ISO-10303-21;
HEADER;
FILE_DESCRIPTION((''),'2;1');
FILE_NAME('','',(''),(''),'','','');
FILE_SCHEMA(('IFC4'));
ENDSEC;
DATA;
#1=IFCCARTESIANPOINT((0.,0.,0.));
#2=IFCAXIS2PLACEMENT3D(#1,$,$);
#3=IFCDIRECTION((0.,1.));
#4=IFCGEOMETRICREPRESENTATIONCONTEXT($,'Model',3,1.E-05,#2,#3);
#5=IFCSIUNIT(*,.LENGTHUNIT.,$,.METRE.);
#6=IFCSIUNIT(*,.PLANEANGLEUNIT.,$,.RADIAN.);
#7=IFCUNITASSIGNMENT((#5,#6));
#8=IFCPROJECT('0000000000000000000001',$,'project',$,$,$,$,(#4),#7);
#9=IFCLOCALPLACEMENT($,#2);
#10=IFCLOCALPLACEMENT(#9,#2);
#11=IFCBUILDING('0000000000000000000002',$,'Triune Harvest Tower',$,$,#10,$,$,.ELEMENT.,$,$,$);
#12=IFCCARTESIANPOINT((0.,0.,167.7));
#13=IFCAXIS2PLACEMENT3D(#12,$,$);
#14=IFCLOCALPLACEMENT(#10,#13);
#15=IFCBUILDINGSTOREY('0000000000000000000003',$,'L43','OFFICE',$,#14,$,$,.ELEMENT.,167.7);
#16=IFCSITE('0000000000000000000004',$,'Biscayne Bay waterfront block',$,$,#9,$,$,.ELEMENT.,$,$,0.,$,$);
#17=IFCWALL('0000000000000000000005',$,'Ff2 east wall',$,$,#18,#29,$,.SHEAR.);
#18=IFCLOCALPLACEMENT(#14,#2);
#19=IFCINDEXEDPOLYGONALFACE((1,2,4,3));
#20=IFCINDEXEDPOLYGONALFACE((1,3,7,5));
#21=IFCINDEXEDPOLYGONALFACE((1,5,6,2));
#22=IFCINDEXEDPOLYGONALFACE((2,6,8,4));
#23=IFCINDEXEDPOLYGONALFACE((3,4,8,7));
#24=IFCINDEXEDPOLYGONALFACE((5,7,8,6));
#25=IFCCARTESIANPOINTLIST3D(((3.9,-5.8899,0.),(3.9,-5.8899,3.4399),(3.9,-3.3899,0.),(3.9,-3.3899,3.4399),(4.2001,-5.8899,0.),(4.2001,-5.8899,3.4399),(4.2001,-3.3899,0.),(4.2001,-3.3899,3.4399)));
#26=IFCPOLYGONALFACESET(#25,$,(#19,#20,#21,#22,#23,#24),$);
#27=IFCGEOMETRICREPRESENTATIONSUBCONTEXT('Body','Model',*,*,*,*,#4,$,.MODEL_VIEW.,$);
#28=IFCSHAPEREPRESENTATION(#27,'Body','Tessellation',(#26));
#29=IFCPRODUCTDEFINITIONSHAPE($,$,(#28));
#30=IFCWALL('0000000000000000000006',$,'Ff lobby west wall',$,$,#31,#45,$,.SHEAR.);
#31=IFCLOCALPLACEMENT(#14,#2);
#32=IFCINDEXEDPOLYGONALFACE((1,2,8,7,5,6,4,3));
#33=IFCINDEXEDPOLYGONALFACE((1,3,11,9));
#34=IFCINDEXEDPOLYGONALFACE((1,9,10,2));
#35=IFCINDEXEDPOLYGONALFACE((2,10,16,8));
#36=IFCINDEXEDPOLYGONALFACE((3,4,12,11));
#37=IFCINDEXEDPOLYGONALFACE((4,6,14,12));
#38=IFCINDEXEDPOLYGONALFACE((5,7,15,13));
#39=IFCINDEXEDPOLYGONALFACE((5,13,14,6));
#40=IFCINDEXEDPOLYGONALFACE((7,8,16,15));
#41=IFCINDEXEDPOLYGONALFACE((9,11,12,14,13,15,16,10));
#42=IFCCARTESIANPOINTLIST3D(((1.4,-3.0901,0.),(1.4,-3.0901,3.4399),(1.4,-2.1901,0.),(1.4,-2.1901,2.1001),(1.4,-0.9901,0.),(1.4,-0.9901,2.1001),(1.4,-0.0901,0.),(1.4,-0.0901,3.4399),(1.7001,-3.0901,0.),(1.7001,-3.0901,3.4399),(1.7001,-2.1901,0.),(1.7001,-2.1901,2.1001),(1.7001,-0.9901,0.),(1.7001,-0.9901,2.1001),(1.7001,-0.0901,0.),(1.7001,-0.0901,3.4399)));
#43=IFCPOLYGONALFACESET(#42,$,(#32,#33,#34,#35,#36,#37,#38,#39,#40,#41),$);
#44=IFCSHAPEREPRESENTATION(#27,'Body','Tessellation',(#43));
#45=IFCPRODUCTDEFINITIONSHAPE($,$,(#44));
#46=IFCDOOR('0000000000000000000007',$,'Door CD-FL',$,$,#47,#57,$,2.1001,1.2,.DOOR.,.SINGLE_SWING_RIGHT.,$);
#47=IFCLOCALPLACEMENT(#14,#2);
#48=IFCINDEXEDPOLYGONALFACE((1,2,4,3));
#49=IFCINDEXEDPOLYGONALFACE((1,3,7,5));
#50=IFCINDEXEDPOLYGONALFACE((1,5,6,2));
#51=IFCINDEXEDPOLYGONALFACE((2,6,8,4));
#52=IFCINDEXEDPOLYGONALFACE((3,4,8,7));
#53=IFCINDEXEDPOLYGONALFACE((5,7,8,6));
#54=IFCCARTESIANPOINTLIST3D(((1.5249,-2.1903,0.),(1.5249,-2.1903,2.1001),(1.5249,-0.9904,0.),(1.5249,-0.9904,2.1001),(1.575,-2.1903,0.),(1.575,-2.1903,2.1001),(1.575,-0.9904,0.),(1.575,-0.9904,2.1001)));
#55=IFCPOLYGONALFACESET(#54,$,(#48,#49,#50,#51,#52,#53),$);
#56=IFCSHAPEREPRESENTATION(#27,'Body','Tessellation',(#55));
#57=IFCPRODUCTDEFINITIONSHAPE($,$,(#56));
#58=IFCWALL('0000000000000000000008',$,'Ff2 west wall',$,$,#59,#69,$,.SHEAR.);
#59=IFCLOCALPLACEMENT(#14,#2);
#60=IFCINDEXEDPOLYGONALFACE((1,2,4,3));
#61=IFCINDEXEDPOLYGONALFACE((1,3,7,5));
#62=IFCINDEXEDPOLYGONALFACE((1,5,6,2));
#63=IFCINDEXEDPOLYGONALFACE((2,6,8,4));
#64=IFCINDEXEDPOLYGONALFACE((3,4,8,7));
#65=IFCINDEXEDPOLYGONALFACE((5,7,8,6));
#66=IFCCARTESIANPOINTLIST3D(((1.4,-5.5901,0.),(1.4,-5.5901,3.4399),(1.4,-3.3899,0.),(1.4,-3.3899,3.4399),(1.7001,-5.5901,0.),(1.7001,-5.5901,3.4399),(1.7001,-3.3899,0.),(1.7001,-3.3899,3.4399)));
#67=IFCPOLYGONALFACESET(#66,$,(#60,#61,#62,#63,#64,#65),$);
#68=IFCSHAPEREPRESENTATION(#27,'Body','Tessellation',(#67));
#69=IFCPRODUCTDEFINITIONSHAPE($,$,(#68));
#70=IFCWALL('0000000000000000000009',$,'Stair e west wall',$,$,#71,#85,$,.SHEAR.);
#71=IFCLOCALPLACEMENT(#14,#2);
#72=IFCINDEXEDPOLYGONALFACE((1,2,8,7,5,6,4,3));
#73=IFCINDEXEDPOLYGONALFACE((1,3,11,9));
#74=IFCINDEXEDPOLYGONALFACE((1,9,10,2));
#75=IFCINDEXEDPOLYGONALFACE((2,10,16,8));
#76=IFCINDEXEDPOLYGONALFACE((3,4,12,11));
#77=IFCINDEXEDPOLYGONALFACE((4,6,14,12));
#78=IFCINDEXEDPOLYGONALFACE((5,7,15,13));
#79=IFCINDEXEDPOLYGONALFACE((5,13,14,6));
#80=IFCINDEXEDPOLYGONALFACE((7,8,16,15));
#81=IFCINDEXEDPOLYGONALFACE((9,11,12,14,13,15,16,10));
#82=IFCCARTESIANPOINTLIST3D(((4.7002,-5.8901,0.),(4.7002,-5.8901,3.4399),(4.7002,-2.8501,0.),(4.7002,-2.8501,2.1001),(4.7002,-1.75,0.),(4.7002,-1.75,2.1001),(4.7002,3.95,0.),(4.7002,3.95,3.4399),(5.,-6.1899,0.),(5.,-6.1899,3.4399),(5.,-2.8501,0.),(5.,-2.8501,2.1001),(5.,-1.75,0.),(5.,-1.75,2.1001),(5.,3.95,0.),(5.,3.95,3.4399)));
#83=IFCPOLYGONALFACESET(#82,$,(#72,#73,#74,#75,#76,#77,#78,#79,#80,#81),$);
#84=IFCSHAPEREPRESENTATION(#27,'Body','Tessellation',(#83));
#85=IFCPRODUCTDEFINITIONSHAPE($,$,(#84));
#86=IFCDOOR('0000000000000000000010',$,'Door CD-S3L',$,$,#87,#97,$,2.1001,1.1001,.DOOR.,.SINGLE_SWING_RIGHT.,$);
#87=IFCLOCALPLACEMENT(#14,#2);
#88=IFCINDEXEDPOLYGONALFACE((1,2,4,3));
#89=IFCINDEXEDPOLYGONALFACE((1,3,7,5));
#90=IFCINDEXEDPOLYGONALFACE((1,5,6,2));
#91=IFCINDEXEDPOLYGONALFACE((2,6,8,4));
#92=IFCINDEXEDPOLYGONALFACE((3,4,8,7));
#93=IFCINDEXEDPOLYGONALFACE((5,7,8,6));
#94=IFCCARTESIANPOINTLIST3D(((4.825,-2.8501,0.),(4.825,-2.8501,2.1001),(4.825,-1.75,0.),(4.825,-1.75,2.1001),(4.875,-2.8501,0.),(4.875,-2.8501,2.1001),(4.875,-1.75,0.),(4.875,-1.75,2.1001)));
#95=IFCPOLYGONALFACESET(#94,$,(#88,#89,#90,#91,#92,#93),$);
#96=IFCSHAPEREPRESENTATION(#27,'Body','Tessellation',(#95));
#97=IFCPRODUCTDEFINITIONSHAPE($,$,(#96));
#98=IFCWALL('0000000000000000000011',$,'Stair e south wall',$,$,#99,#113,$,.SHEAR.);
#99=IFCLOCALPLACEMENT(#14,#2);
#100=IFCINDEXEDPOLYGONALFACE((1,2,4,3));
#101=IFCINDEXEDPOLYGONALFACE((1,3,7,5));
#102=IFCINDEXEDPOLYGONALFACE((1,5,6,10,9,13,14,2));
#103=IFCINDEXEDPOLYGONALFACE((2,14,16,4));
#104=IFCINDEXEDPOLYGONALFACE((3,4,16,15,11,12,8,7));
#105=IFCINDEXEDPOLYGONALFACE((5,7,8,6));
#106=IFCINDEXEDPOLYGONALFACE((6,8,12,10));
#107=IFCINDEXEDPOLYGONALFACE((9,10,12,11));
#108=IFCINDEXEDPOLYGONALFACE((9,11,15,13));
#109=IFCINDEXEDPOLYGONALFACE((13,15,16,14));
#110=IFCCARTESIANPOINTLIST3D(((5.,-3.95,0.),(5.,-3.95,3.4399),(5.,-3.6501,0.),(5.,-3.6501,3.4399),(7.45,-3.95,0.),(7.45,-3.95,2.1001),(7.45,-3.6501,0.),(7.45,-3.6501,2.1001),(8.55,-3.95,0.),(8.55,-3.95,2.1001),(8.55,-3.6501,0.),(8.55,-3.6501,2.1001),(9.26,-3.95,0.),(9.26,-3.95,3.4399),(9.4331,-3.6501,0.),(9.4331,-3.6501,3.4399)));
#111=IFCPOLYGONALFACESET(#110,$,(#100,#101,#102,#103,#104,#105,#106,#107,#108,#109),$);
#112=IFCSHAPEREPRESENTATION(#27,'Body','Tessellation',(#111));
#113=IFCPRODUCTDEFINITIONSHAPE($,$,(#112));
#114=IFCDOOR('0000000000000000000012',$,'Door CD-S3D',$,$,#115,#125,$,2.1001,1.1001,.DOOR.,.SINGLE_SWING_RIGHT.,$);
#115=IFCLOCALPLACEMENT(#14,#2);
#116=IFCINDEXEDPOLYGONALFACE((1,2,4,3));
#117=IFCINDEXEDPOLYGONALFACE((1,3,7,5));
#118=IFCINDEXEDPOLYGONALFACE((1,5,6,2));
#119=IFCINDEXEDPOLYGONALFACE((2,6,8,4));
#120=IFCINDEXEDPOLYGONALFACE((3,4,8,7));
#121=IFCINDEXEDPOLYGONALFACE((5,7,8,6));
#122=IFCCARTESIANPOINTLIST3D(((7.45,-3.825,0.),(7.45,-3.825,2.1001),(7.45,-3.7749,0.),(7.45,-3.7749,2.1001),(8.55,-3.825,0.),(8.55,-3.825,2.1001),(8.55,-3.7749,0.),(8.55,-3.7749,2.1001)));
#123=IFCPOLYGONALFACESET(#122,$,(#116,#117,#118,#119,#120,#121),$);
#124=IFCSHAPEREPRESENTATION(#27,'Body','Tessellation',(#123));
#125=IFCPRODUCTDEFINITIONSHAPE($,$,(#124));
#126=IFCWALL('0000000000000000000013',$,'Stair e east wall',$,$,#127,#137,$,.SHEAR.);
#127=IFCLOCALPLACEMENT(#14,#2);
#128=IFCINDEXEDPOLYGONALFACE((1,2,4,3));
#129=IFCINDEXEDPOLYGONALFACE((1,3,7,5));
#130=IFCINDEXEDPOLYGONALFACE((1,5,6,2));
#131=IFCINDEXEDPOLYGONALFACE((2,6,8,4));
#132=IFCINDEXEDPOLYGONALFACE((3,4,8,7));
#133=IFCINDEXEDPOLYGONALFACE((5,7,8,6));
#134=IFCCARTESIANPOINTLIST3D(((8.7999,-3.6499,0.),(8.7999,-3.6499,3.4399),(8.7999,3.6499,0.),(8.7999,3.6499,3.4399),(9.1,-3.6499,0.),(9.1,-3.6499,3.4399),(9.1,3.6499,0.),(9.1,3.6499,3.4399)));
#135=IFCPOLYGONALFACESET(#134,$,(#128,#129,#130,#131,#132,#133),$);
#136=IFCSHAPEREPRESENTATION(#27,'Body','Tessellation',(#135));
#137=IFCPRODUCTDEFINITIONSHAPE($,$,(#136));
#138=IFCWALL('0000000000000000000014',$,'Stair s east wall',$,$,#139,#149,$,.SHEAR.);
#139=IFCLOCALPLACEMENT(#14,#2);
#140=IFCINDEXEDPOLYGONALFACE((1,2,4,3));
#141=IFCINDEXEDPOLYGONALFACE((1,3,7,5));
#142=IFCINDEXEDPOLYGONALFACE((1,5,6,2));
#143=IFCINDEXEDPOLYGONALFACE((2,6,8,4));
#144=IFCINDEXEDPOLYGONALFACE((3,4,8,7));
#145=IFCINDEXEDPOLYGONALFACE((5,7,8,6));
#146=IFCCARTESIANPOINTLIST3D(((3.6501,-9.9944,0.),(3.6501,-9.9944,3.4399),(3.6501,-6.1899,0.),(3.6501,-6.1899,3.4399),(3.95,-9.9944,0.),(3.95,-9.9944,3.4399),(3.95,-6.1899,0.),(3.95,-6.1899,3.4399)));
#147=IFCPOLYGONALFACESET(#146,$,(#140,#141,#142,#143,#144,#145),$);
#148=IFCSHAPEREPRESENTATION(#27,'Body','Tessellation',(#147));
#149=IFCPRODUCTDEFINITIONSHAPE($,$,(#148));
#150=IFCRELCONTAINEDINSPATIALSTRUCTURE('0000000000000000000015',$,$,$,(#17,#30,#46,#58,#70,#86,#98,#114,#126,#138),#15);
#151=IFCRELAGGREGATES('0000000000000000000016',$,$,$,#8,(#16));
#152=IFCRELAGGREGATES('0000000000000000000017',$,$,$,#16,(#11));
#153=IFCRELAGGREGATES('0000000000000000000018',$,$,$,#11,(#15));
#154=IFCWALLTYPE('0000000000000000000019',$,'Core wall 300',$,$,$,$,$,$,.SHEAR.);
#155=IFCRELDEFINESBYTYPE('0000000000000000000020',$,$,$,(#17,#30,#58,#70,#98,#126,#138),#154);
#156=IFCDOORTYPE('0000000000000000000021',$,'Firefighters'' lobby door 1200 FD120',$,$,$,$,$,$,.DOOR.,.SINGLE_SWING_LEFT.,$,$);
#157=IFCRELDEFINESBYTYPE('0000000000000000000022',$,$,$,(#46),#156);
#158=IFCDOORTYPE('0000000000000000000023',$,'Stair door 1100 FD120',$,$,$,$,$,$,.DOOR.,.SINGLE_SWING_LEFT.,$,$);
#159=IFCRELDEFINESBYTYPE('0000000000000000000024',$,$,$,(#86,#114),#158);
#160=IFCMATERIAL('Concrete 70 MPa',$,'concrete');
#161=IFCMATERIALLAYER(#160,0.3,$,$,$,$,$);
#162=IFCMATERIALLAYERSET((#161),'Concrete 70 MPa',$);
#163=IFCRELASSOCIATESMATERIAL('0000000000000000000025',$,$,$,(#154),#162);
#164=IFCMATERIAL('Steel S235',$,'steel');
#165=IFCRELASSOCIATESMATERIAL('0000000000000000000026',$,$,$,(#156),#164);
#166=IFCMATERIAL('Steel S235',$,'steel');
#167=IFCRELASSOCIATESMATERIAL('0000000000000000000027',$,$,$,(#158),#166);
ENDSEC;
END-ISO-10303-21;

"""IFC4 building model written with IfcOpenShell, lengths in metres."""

from ifc_helpers import new_model, si_unit, direction, frame, frame_2d, origin, place, context, subcontext, project, spatial, polyline, rectangle, outline, extrude, source, transform, mapped, material, layer, layer_set, type_object, element, fill, save


model = new_model("IFC4")

# Units and contexts
model_context = context("Model", 3, precision=1e-05, world=origin(), true_north=direction((0.0, 1.0)))
body_context = subcontext(model_context, "Body", "Model", "MODEL_VIEW")
ifc_project = project(units=[si_unit("LENGTHUNIT", "METRE"), si_unit("PLANEANGLEUNIT", "RADIAN")], contexts=[model_context])

# Site, building, storey
site_placement = place(None, origin())
site = spatial("IfcSite", under=ifc_project, at=site_placement, Name="Biscayne Bay waterfront block", CompositionType="ELEMENT", RefElevation=0.0)
building_placement = place(site_placement, origin())
building = spatial("IfcBuilding", under=site, at=building_placement, Name="Triune Harvest Tower", CompositionType="ELEMENT")
storey_placement = place(building_placement, frame((0.0, 0.0, 167.7)))
storey = spatial("IfcBuildingStorey", under=building, at=storey_placement, Name="L43", Description="OFFICE", CompositionType="ELEMENT", Elevation=167.7)

# Wall
ifc_material_1 = material(Name="Concrete 70 MPa", Category="concrete")
ifc_layer_1 = layer(ifc_material_1, 0.3)
ifc_layer_set_1 = layer_set([ifc_layer_1], Name="Concrete 70 MPa")
wall_type_1 = type_object("IfcWallType", Name="Core wall 300", PredefinedType="SHEAR", material=ifc_layer_set_1)
shared_shape_1 = source(origin(), body_context, "Body", "SweptSolid", [
    extrude(rectangle(XDim=2.5, YDim=0.3, at=frame_2d((1.25, 0.0))), origin(), (0.0, 0.0, 1.0), 3.4399),
])
wall_1_placement = place(storey_placement, frame((4.05, -5.8899, 0.0), z_axis=(0.0, 0.0, 1.0), x_axis=(0.0, 1.0, 0.0)))
element("IfcWall", 1, at=wall_1_placement, inside=storey, type_object=wall_type_1, Name="Ff2 east wall", PredefinedType="SHEAR", context=body_context, shape_type="MappedRepresentation", body=[
    mapped(shared_shape_1, transform((0.0, 0.0, 0.0), scale=1.0)),
])

# Wall, opening, door
shared_shape_2 = source(origin(), body_context, "Body", "SweptSolid", [
    extrude(rectangle(XDim=3.0, YDim=0.3, at=frame_2d((1.5, 0.0))), origin(), (0.0, 0.0, 1.0), 3.4399),
])
wall_2_placement = place(storey_placement, frame((1.55, -3.0901, 0.0), z_axis=(0.0, 0.0, 1.0), x_axis=(0.0, 1.0, 0.0)))
wall_2 = element("IfcWall", 2, at=wall_2_placement, inside=storey, type_object=wall_type_1, Name="Ff lobby west wall", PredefinedType="SHEAR", context=body_context, shape_type="MappedRepresentation", body=[
    mapped(shared_shape_2, transform((0.0, 0.0, 0.0), scale=1.0)),
])
opening_1_placement = place(wall_2_placement, frame((0.8999, 0.0, 0.0)))
opening_1 = element("IfcOpeningElement", 3, at=opening_1_placement, cuts=wall_2, PredefinedType="OPENING", context=body_context, shape_type="SweptSolid", body=[
    extrude(rectangle(XDim=1.2, YDim=2.1001, at=frame_2d((0.6001, 1.05))), frame((0.0, 0.1602, 0.0), z_axis=(0.0, -1.0, 0.0), x_axis=(1.0, 0.0, 0.0)), (0.0, 0.0, 1.0), 0.3201),
])
ifc_material_2 = material(Name="Steel S235", Category="steel")
door_type_1 = type_object("IfcDoorType", Name="Firefighters' lobby door 1200 FD120", OperationType="SINGLE_SWING_LEFT", PredefinedType="DOOR", material=ifc_material_2)
door_1_placement = place(opening_1_placement, frame((1.2, 0.0, 0.0), z_axis=(0.0, 0.0, 1.0), x_axis=(-1.0, 0.0, 0.0)))
door_1 = element("IfcDoor", 4, at=door_1_placement, inside=storey, type_object=door_type_1, Name="Door CD-FL", OperationType="SINGLE_SWING_RIGHT", OverallHeight=2.1001, OverallWidth=1.2, PredefinedType="DOOR", context=body_context, shape_type="SweptSolid", body=[
    extrude(rectangle(XDim=1.2, YDim=2.1001, at=frame_2d((0.6001, 1.05))), frame((0.0, 0.0249, 0.0), z_axis=(0.0, -1.0, 0.0), x_axis=(1.0, 0.0, 0.0)), (0.0, 0.0, 1.0), 0.05),
])
fill(opening_1, door_1)

# Wall
shared_shape_3 = source(origin(), body_context, "Body", "SweptSolid", [
    extrude(rectangle(XDim=2.2002, YDim=0.3, at=frame_2d((1.1001, 0.0))), origin(), (0.0, 0.0, 1.0), 3.4399),
])
wall_3_placement = place(storey_placement, frame((1.55, -5.5901, 0.0), z_axis=(0.0, 0.0, 1.0), x_axis=(0.0, 1.0, 0.0)))
element("IfcWall", 5, at=wall_3_placement, inside=storey, type_object=wall_type_1, Name="Ff2 west wall", PredefinedType="SHEAR", context=body_context, shape_type="MappedRepresentation", body=[
    mapped(shared_shape_3, transform((0.0, 0.0, 0.0), scale=1.0)),
])

# Walls, openings, doors
shared_shape_4 = source(origin(), body_context, "Body", "SweptSolid", [
    extrude(outline(polyline([(-0.1499, -0.1499), (9.99, -0.1499), (9.99, 0.1499), (0.1499, 0.1499), (-0.1499, -0.1499)])), origin(), (0.0, 0.0, 1.0), 3.4399),
])
wall_4_placement = place(storey_placement, frame((4.8501, -6.04, 0.0), z_axis=(0.0, 0.0, 1.0), x_axis=(0.0, 1.0, 0.0)))
wall_4 = element("IfcWall", 6, at=wall_4_placement, inside=storey, type_object=wall_type_1, Name="Stair e west wall", PredefinedType="SHEAR", context=body_context, shape_type="MappedRepresentation", body=[
    mapped(shared_shape_4, transform((0.0, 0.0, 0.0), scale=1.0)),
])
opening_2_placement = place(wall_4_placement, frame((3.1899, 0.0, 0.0)))
opening_2 = element("IfcOpeningElement", 7, at=opening_2_placement, cuts=wall_4, PredefinedType="OPENING", context=body_context, shape_type="SweptSolid", body=[
    extrude(rectangle(XDim=1.1001, YDim=2.1001, at=frame_2d((0.55, 1.05))), frame((0.0, 0.1602, 0.0), z_axis=(0.0, -1.0, 0.0), x_axis=(1.0, 0.0, 0.0)), (0.0, 0.0, 1.0), 0.3201),
])
ifc_material_3 = material(Name="Steel S235", Category="steel")
door_type_2 = type_object("IfcDoorType", Name="Stair door 1100 FD120", OperationType="SINGLE_SWING_LEFT", PredefinedType="DOOR", material=ifc_material_3)
door_2_placement = place(opening_2_placement, frame((1.1001, 0.0, 0.0), z_axis=(0.0, 0.0, 1.0), x_axis=(-1.0, 0.0, 0.0)))
door_2 = element("IfcDoor", 8, at=door_2_placement, inside=storey, type_object=door_type_2, Name="Door CD-S3L", OperationType="SINGLE_SWING_RIGHT", OverallHeight=2.1001, OverallWidth=1.1001, PredefinedType="DOOR", context=body_context, shape_type="SweptSolid", body=[
    extrude(rectangle(XDim=1.1001, YDim=2.1001, at=frame_2d((0.55, 1.05))), frame((0.0, 0.0249, 0.0), z_axis=(0.0, -1.0, 0.0), x_axis=(1.0, 0.0, 0.0)), (0.0, 0.0, 1.0), 0.05),
])
fill(opening_2, door_2)
shared_shape_5 = source(origin(), body_context, "Body", "SweptSolid", [
    extrude(outline(polyline([(0.0, -0.1499), (0.0, 0.1499), (4.4331, 0.1499), (4.26, -0.1499), (0.0, -0.1499)])), origin(), (0.0, 0.0, 1.0), 3.4399),
])
wall_5_placement = place(storey_placement, frame((5.0, -3.8, 0.0), z_axis=(0.0, 0.0, 1.0), x_axis=(1.0, 0.0, 0.0)))
wall_5 = element("IfcWall", 9, at=wall_5_placement, inside=storey, type_object=wall_type_1, Name="Stair e south wall", PredefinedType="SHEAR", context=body_context, shape_type="MappedRepresentation", body=[
    mapped(shared_shape_5, transform((0.0, 0.0, 0.0), scale=1.0)),
])
opening_3_placement = place(wall_5_placement, frame((2.45, 0.0, 0.0)))
opening_3 = element("IfcOpeningElement", 10, at=opening_3_placement, cuts=wall_5, PredefinedType="OPENING", context=body_context, shape_type="SweptSolid", body=[
    extrude(rectangle(XDim=1.1001, YDim=2.1001, at=frame_2d((0.55, 1.05))), frame((0.0, 0.1602, 0.0), z_axis=(0.0, -1.0, 0.0), x_axis=(1.0, 0.0, 0.0)), (0.0, 0.0, 1.0), 0.3201),
])
door_3_placement = place(opening_3_placement, frame((1.1001, 0.0, 0.0), z_axis=(0.0, 0.0, 1.0), x_axis=(-1.0, 0.0, 0.0)))
door_3 = element("IfcDoor", 11, at=door_3_placement, inside=storey, type_object=door_type_2, Name="Door CD-S3D", OperationType="SINGLE_SWING_RIGHT", OverallHeight=2.1001, OverallWidth=1.1001, PredefinedType="DOOR", context=body_context, shape_type="SweptSolid", body=[
    extrude(rectangle(XDim=1.1001, YDim=2.1001, at=frame_2d((0.55, 1.05))), frame((0.0, 0.0249, 0.0), z_axis=(0.0, -1.0, 0.0), x_axis=(1.0, 0.0, 0.0)), (0.0, 0.0, 1.0), 0.05),
])
fill(opening_3, door_3)

# Walls
shared_shape_6 = source(origin(), body_context, "Body", "SweptSolid", [
    extrude(rectangle(XDim=7.2998, YDim=0.3, at=frame_2d((3.6499, 0.0))), origin(), (0.0, 0.0, 1.0), 3.4399),
])
wall_6_placement = place(storey_placement, frame((8.95, -3.6499, 0.0), z_axis=(0.0, 0.0, 1.0), x_axis=(0.0, 1.0, 0.0)))
element("IfcWall", 12, at=wall_6_placement, inside=storey, type_object=wall_type_1, Name="Stair e east wall", PredefinedType="SHEAR", context=body_context, shape_type="MappedRepresentation", body=[
    mapped(shared_shape_6, transform((0.0, 0.0, 0.0), scale=1.0)),
])
shared_shape_7 = source(origin(), body_context, "Body", "SweptSolid", [
    extrude(outline(polyline([(3.8, -0.1499), (-0.0044, -0.1499), (-0.0044, 0.1499), (3.8, 0.1499), (3.8, -0.1499)])), origin(), (0.0, 0.0, 1.0), 3.4399),
])
wall_7_placement = place(storey_placement, frame((3.8, -9.99, 0.0), z_axis=(0.0, 0.0, 1.0), x_axis=(0.0, 1.0, 0.0)))
element("IfcWall", 13, at=wall_7_placement, inside=storey, type_object=wall_type_1, Name="Stair s east wall", PredefinedType="SHEAR", context=body_context, shape_type="MappedRepresentation", body=[
    mapped(shared_shape_7, transform((0.0, 0.0, 0.0), scale=1.0)),
])

save(model, "model.ifc")
